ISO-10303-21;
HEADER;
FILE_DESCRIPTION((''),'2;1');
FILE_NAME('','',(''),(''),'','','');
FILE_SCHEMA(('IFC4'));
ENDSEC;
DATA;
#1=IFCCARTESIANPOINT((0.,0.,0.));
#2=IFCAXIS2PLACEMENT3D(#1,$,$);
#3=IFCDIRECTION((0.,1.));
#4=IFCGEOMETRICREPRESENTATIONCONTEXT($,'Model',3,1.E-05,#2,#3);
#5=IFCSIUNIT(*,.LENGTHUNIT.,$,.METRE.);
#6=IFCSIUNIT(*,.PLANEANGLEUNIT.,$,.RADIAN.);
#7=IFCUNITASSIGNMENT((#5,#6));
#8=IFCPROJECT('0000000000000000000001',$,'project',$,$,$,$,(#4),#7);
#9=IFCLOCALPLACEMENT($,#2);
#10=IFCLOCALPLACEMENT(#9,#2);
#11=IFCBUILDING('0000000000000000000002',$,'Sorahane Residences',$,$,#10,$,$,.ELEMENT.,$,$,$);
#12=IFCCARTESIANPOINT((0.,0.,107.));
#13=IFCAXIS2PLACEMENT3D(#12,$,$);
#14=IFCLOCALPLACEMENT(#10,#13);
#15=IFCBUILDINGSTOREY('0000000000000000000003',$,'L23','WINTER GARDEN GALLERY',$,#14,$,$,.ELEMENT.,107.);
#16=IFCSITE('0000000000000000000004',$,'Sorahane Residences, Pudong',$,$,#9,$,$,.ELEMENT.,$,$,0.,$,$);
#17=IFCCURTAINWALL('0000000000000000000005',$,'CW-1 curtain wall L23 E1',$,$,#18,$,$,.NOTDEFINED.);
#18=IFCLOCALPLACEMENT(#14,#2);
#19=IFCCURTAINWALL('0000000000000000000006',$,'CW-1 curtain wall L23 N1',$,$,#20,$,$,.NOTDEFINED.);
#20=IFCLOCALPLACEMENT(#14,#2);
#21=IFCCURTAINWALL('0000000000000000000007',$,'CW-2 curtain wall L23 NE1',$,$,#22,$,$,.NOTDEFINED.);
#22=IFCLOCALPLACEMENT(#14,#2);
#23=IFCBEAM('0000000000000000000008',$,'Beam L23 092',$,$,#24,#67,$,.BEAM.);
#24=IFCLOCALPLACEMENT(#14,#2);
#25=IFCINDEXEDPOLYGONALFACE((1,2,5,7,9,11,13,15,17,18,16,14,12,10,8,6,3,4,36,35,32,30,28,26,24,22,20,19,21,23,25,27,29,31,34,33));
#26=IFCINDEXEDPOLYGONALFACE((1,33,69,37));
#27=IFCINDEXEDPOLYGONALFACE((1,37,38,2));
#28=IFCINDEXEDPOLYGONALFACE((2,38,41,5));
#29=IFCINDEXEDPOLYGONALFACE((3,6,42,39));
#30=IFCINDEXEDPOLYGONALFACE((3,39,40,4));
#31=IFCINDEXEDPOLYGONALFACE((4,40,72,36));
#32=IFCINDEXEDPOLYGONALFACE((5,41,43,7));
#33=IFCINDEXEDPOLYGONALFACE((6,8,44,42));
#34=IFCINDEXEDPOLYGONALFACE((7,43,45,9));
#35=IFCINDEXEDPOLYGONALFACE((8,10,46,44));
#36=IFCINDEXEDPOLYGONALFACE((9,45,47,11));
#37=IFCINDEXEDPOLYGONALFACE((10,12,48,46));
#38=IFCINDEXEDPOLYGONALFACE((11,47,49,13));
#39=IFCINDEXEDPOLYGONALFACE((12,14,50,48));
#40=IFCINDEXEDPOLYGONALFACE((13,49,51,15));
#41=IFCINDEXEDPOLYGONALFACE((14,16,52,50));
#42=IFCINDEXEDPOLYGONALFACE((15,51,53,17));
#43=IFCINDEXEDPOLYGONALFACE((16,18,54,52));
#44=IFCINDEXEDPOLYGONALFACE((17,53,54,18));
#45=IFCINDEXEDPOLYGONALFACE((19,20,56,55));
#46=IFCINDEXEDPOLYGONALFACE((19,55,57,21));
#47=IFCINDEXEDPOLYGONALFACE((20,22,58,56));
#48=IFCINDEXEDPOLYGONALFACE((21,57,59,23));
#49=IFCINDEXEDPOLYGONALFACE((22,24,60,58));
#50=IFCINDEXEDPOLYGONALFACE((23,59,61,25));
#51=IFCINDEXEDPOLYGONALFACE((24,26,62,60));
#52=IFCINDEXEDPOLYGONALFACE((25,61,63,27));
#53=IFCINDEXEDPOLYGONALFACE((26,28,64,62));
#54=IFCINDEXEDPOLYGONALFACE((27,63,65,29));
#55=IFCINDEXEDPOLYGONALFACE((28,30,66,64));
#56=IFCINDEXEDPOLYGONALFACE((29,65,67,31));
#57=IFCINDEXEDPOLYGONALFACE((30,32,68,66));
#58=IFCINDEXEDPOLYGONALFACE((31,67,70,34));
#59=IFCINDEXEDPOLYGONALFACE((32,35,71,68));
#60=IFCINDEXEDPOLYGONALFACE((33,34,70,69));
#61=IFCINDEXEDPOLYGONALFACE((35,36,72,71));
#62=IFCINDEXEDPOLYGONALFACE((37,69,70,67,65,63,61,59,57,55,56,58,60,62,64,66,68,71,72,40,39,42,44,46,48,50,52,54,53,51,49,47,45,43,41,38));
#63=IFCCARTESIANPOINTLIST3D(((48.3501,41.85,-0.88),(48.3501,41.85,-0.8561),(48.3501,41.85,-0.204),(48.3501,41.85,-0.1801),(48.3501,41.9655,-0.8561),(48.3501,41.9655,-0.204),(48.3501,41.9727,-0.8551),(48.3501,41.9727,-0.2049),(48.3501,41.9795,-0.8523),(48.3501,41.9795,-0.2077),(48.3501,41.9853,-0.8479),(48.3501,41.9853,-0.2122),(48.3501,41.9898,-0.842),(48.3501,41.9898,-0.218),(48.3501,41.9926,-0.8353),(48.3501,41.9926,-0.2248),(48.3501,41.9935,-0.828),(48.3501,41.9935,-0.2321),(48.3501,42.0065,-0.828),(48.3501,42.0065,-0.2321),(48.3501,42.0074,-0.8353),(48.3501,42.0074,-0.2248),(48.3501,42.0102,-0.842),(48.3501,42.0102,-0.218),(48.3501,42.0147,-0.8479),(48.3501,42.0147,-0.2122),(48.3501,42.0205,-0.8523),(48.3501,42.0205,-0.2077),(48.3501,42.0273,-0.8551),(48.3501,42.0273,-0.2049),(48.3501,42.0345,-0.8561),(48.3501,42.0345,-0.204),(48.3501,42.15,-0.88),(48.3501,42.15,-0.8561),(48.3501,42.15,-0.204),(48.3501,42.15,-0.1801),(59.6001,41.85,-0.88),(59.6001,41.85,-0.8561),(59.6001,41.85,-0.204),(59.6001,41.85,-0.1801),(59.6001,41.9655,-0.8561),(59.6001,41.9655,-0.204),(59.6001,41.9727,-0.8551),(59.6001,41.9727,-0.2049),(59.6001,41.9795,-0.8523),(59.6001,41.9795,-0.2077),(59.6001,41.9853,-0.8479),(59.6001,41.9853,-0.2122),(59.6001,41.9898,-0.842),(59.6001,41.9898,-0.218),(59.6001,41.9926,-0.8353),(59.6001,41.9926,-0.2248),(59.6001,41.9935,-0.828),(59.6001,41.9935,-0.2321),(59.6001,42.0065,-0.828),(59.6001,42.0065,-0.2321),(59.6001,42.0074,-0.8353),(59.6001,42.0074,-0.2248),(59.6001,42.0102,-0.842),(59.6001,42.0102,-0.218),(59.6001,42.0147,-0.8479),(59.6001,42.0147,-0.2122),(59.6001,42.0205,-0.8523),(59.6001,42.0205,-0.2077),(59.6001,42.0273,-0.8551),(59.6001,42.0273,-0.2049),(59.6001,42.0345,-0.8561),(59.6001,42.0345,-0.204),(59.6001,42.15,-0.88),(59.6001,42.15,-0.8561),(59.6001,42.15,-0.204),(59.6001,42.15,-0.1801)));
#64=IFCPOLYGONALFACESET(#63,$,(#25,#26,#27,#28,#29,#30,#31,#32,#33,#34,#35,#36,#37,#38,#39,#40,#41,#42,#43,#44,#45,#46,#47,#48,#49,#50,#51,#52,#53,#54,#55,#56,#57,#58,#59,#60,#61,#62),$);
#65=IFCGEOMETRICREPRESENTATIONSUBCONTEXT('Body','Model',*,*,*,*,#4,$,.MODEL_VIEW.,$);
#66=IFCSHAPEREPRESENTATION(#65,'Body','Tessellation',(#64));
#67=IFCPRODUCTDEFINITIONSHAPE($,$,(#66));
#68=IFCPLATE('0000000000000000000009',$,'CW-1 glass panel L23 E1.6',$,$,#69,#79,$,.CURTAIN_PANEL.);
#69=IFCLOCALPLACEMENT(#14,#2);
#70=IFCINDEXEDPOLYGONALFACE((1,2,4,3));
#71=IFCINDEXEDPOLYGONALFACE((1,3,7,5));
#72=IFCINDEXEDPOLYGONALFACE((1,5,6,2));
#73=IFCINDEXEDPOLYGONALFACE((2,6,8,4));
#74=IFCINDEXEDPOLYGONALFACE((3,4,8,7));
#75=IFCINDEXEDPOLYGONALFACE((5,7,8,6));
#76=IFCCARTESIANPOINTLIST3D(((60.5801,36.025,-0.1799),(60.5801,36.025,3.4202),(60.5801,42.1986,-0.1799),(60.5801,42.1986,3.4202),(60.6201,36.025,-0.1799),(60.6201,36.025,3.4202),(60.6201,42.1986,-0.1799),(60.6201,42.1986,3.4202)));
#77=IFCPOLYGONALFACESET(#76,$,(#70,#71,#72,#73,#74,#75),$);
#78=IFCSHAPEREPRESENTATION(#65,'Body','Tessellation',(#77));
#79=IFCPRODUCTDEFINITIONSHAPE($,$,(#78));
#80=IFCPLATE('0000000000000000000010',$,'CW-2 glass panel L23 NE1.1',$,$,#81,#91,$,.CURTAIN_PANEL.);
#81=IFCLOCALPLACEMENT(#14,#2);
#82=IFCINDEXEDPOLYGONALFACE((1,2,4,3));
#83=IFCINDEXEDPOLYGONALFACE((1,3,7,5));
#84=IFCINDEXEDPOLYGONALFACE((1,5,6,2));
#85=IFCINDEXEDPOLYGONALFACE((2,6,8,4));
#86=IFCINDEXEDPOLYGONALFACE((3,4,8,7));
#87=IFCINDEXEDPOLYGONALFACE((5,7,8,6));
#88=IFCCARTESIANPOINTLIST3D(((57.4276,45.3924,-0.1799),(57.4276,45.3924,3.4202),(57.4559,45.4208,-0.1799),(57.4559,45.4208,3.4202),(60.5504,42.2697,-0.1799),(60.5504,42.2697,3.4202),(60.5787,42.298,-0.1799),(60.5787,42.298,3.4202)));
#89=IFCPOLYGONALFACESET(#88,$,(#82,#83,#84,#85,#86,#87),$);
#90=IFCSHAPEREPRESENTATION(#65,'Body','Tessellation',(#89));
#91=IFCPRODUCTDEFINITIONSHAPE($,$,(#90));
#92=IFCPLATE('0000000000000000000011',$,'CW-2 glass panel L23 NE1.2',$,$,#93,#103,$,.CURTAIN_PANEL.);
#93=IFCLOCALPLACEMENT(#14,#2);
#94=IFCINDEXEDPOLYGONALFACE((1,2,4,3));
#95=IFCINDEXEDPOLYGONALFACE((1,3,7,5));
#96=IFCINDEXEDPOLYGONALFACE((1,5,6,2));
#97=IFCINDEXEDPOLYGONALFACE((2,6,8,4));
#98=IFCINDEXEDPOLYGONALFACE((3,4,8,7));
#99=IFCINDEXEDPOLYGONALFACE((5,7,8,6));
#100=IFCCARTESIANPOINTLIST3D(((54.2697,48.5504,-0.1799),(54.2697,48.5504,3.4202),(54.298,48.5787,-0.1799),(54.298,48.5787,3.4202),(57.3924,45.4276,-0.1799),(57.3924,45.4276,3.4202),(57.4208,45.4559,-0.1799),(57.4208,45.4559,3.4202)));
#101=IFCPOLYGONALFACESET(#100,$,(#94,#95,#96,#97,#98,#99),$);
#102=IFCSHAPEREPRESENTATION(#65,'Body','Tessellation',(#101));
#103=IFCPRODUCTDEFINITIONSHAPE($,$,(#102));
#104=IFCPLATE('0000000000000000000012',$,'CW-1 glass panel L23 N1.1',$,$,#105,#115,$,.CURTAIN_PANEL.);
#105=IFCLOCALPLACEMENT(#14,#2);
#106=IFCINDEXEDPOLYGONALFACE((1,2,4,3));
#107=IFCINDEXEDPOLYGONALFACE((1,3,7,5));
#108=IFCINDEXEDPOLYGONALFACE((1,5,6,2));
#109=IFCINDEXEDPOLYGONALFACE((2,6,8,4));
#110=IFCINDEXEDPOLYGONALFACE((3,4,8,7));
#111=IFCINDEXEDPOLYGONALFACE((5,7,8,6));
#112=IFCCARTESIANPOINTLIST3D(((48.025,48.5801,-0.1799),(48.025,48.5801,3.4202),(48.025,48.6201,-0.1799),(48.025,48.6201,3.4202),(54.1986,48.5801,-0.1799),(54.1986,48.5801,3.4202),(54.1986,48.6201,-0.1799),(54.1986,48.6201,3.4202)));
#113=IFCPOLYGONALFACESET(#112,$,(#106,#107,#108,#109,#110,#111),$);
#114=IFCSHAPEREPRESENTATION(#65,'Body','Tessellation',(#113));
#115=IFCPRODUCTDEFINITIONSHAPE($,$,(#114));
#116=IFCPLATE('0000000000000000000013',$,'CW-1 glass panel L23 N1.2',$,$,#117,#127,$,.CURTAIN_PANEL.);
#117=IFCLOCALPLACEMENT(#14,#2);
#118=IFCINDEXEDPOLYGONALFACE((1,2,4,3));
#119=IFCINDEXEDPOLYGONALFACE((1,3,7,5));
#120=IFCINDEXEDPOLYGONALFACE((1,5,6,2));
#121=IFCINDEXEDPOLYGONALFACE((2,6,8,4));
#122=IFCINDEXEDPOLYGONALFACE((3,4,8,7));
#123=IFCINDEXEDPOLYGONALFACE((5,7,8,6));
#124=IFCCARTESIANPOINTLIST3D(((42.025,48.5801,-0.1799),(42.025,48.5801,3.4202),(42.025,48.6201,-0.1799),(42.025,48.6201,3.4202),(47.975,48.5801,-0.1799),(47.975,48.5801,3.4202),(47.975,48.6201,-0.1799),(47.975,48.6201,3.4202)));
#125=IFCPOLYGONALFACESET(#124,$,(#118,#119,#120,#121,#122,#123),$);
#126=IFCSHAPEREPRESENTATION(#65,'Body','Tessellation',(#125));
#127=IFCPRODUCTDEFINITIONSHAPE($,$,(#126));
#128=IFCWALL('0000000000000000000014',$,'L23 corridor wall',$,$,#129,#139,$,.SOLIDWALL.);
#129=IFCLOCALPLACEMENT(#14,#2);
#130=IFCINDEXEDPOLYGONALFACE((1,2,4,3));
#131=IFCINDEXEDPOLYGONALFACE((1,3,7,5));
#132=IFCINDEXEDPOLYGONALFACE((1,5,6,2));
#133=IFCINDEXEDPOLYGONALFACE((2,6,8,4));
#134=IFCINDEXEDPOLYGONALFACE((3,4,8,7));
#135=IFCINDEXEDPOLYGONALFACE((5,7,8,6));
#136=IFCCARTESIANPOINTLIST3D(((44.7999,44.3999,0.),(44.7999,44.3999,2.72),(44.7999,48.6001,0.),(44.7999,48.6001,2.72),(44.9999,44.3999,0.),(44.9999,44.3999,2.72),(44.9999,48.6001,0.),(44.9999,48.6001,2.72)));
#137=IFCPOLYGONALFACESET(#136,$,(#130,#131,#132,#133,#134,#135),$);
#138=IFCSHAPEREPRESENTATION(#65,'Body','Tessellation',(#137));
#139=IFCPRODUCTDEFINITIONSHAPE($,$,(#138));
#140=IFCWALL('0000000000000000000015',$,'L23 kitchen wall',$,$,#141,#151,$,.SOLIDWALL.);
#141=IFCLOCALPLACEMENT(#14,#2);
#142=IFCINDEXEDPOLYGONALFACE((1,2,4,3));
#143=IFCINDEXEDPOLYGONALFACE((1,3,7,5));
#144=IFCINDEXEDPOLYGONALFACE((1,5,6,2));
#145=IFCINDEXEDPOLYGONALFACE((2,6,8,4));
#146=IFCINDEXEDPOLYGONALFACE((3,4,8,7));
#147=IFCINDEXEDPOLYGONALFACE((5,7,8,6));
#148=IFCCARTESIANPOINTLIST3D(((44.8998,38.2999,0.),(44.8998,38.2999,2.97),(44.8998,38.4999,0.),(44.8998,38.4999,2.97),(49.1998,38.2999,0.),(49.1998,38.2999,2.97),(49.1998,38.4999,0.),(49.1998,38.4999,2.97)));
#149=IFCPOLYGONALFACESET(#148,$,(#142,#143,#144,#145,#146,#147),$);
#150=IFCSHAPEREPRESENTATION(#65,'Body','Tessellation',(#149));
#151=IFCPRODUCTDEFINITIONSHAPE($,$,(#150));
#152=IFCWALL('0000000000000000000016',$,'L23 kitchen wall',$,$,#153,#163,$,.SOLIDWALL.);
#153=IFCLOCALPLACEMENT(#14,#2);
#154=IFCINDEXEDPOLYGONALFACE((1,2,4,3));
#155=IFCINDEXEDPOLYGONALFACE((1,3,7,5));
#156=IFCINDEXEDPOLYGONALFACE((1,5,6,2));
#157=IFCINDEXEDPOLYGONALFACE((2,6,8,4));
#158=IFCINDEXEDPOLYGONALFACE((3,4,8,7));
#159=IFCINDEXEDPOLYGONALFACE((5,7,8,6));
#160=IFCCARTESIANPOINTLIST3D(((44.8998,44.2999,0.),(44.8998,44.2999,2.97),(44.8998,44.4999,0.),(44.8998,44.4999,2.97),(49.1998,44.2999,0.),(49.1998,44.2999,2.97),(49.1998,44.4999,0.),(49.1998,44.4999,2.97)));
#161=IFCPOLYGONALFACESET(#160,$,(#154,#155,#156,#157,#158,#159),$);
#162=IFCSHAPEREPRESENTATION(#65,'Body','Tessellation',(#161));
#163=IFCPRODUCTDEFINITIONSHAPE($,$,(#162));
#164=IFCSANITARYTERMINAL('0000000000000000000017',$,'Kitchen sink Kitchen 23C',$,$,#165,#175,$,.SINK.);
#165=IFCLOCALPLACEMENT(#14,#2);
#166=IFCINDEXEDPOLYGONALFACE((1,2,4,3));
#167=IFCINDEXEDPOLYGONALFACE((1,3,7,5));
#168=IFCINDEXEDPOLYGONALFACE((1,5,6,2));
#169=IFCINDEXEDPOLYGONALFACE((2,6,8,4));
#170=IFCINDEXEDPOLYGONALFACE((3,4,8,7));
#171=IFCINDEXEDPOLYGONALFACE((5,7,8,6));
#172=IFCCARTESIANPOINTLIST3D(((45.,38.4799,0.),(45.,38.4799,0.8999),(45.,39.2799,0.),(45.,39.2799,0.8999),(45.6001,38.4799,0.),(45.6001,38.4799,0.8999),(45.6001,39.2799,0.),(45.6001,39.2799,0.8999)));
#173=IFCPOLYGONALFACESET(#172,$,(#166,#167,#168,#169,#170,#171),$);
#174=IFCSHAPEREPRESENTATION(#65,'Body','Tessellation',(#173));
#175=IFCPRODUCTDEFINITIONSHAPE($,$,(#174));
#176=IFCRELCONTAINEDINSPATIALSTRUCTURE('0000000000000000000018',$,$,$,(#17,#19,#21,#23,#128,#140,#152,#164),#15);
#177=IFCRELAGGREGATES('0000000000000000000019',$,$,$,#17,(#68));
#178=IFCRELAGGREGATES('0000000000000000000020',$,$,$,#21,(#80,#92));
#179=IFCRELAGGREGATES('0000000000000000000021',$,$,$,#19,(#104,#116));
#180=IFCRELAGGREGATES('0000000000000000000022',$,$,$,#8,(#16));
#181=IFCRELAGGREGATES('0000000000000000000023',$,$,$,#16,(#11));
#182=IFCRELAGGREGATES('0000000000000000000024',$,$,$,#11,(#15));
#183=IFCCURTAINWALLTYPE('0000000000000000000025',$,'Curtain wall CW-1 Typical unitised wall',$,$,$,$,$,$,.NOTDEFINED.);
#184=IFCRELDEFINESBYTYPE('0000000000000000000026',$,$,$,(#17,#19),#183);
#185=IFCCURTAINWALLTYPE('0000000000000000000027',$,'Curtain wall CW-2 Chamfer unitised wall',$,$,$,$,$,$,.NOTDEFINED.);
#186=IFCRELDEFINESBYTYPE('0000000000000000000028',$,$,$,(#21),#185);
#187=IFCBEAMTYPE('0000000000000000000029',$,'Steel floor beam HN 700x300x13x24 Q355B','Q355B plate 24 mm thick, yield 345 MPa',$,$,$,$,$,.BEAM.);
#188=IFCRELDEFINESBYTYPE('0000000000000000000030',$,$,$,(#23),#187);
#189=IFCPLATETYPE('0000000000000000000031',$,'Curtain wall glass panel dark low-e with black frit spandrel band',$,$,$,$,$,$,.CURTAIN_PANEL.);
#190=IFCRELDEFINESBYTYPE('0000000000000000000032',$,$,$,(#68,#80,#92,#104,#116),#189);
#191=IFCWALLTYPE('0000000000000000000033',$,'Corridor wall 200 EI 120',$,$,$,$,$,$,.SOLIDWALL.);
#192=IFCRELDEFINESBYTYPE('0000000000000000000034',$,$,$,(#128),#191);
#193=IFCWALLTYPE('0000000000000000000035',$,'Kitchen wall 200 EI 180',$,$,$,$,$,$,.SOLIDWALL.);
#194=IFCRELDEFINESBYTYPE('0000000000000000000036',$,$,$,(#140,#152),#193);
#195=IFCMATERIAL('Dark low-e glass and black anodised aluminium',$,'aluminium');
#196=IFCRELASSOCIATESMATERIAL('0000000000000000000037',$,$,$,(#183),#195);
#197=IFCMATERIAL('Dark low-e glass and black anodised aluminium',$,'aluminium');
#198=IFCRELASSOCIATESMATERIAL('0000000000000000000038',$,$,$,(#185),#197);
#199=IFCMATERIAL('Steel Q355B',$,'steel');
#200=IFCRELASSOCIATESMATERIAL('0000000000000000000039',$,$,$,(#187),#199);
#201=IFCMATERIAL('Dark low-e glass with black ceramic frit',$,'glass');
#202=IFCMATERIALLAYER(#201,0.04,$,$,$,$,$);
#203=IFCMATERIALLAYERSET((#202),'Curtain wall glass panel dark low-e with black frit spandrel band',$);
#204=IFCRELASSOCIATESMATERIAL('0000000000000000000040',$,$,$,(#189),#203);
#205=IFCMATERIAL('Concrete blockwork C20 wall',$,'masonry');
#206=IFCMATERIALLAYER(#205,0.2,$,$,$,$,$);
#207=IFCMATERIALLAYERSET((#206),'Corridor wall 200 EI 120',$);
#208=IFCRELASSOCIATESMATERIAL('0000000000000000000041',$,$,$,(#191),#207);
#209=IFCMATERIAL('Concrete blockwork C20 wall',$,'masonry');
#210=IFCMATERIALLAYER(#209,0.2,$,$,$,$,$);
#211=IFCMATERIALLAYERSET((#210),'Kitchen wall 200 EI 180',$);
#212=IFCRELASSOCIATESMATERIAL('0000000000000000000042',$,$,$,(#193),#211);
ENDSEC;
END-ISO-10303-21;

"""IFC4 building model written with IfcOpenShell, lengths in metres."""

from ifc_helpers import new_model, si_unit, direction, frame, frame_2d, origin, origin_2d, place, context, subcontext, project, spatial, rectangle, i_section, extrude, material, layer, layer_set, material_profile, profile_set, type_object, element, aggregate, save


model = new_model("IFC4")

# Units and contexts
model_context = context("Model", 3, precision=1e-05, world=origin(), true_north=direction((0.0, 1.0)))
body_context = subcontext(model_context, "Body", "Model", "MODEL_VIEW")
ifc_project = project(units=[si_unit("LENGTHUNIT", "METRE"), si_unit("PLANEANGLEUNIT", "RADIAN")], contexts=[model_context])

# Site, building, storey
site_placement = place(None, origin())
site = spatial("IfcSite", under=ifc_project, at=site_placement, Name="Sorahane Residences, Pudong", CompositionType="ELEMENT", RefElevation=0.0)
building_placement = place(site_placement, origin())
building = spatial("IfcBuilding", under=site, at=building_placement, Name="Sorahane Residences", CompositionType="ELEMENT")
storey_placement = place(building_placement, frame((0.0, 0.0, 107.0)))
storey = spatial("IfcBuildingStorey", under=building, at=storey_placement, Name="L23", Description="WINTER GARDEN GALLERY", CompositionType="ELEMENT", Elevation=107.0)

# Curtain walls
ifc_material_1 = material(Name="Dark low-e glass and black anodised aluminium", Category="aluminium")
curtain_wall_type_1 = type_object("IfcCurtainWallType", Name="Curtain wall CW-1 Typical unitised wall", PredefinedType="NOTDEFINED", material=ifc_material_1)
curtain_wall_1_placement = place(storey_placement, origin())
curtain_wall_1 = element("IfcCurtainWall", 1, at=curtain_wall_1_placement, inside=storey, type_object=curtain_wall_type_1, Name="CW-1 curtain wall L23 E1", PredefinedType="NOTDEFINED")
curtain_wall_2_placement = place(storey_placement, origin())
curtain_wall_2 = element("IfcCurtainWall", 2, at=curtain_wall_2_placement, inside=storey, type_object=curtain_wall_type_1, Name="CW-1 curtain wall L23 N1", PredefinedType="NOTDEFINED")

# Curtain wall
ifc_material_2 = material(Name="Dark low-e glass and black anodised aluminium", Category="aluminium")
curtain_wall_type_2 = type_object("IfcCurtainWallType", Name="Curtain wall CW-2 Chamfer unitised wall", PredefinedType="NOTDEFINED", material=ifc_material_2)
curtain_wall_3_placement = place(storey_placement, origin())
curtain_wall_3 = element("IfcCurtainWall", 3, at=curtain_wall_3_placement, inside=storey, type_object=curtain_wall_type_2, Name="CW-2 curtain wall L23 NE1", PredefinedType="NOTDEFINED")

# Beam
ifc_material_3 = material(Name="Steel Q355B", Category="steel")
ifc_material_profile_1 = material_profile(ifc_material_3, i_section(OverallWidth=0.3, OverallDepth=0.7, WebThickness=0.0129, FlangeThickness=0.0239, FilletRadius=0.0281, at=origin_2d()), Name="HN 700x300x13x24")
ifc_profile_set_1 = profile_set([ifc_material_profile_1], Name="Steel Q355B")
beam_type_1 = type_object("IfcBeamType", Name="Steel floor beam HN 700x300x13x24 Q355B", Description="Q355B plate 24 mm thick, yield 345 MPa", PredefinedType="BEAM", material=ifc_profile_set_1)
beam_1_placement = place(storey_placement, frame((48.3501, 42.0, -0.53), z_axis=(1.0, 0.0, 0.0), x_axis=(0.0, 1.0, 0.0)))
element("IfcBeam", 4, at=beam_1_placement, inside=storey, type_object=beam_type_1, Name="Beam L23 092", PredefinedType="BEAM", context=body_context, shape_type="SweptSolid", body=[
    extrude(i_section(OverallWidth=0.3, OverallDepth=0.7, WebThickness=0.0129, FlangeThickness=0.0239, FilletRadius=0.0281, at=origin_2d()), origin(), (0.0, 0.0, 1.0), 11.25),
])

# Plates
ifc_material_4 = material(Name="Dark low-e glass with black ceramic frit", Category="glass")
ifc_layer_1 = layer(ifc_material_4, 0.04)
ifc_layer_set_1 = layer_set([ifc_layer_1], Name="Curtain wall glass panel dark low-e with black frit spandrel band")
plate_type = type_object("IfcPlateType", Name="Curtain wall glass panel dark low-e with black frit spandrel band", PredefinedType="CURTAIN_PANEL", material=ifc_layer_set_1)
plate_1_placement = place(storey_placement, frame((60.6001, 39.1118, -0.1799), z_axis=(0.0, 0.0, 1.0), x_axis=(0.0, 1.0, 0.0)))
plate_1 = element("IfcPlate", 5, at=plate_1_placement, type_object=plate_type, Name="CW-1 glass panel L23 E1.6", PredefinedType="CURTAIN_PANEL", context=body_context, shape_type="SweptSolid", body=[
    extrude(rectangle(XDim=6.1736, YDim=0.04, at=origin_2d()), origin(), (0.0, 0.0, 1.0), 3.6001),
])
aggregate(curtain_wall_1, [plate_1])
plate_2_placement = place(storey_placement, frame((59.0032, 43.8452, -0.1799), z_axis=(0.0, 0.0, 1.0), x_axis=(-0.707107, 0.707107, 0.0)))
plate_2 = element("IfcPlate", 6, at=plate_2_placement, type_object=plate_type, Name="CW-2 glass panel L23 NE1.1", PredefinedType="CURTAIN_PANEL", context=body_context, shape_type="SweptSolid", body=[
    extrude(rectangle(XDim=4.4163, YDim=0.04, at=origin_2d()), origin(), (0.0, 0.0, 1.0), 3.6001),
])
plate_3_placement = place(storey_placement, frame((55.8452, 47.0032, -0.1799), z_axis=(0.0, 0.0, 1.0), x_axis=(-0.707107, 0.707107, 0.0)))
plate_3 = element("IfcPlate", 7, at=plate_3_placement, type_object=plate_type, Name="CW-2 glass panel L23 NE1.2", PredefinedType="CURTAIN_PANEL", context=body_context, shape_type="SweptSolid", body=[
    extrude(rectangle(XDim=4.4163, YDim=0.04, at=origin_2d()), origin(), (0.0, 0.0, 1.0), 3.6001),
])
aggregate(curtain_wall_3, [plate_2, plate_3])
plate_4_placement = place(storey_placement, frame((51.1118, 48.6001, -0.1799), z_axis=(0.0, 0.0, 1.0), x_axis=(-1.0, 0.0, 0.0)))
plate_4 = element("IfcPlate", 8, at=plate_4_placement, type_object=plate_type, Name="CW-1 glass panel L23 N1.1", PredefinedType="CURTAIN_PANEL", context=body_context, shape_type="SweptSolid", body=[
    extrude(rectangle(XDim=6.1736, YDim=0.04, at=origin_2d()), origin(), (0.0, 0.0, 1.0), 3.6001),
])
plate_5_placement = place(storey_placement, frame((45.0, 48.6001, -0.1799), z_axis=(0.0, 0.0, 1.0), x_axis=(-1.0, 0.0, 0.0)))
plate_5 = element("IfcPlate", 9, at=plate_5_placement, type_object=plate_type, Name="CW-1 glass panel L23 N1.2", PredefinedType="CURTAIN_PANEL", context=body_context, shape_type="SweptSolid", body=[
    extrude(rectangle(XDim=5.95, YDim=0.04, at=origin_2d()), origin(), (0.0, 0.0, 1.0), 3.6001),
])
aggregate(curtain_wall_2, [plate_4, plate_5])

# Wall
ifc_material_5 = material(Name="Concrete blockwork C20 wall", Category="masonry")
ifc_layer_2 = layer(ifc_material_5, 0.2)
ifc_layer_set_2 = layer_set([ifc_layer_2], Name="Corridor wall 200 EI 120")
wall_type_1 = type_object("IfcWallType", Name="Corridor wall 200 EI 120", PredefinedType="SOLIDWALL", material=ifc_layer_set_2)
wall_1_placement = place(storey_placement, frame((44.8999, 44.3999, 0.0), z_axis=(0.0, 0.0, 1.0), x_axis=(0.0, 1.0, 0.0)))
element("IfcWall", 10, at=wall_1_placement, inside=storey, type_object=wall_type_1, Name="L23 corridor wall", PredefinedType="SOLIDWALL", context=body_context, shape_type="SweptSolid", body=[
    extrude(rectangle(XDim=4.2002, YDim=0.2, at=frame_2d((2.1001, 0.0))), origin(), (0.0, 0.0, 1.0), 2.72),
])

# Shared definitions
ifc_material_6 = material(Name="Concrete blockwork C20 wall", Category="masonry")
ifc_layer_3 = layer(ifc_material_6, 0.2)
ifc_layer_set_3 = layer_set([ifc_layer_3], Name="Kitchen wall 200 EI 180")
wall_type_2 = type_object("IfcWallType", Name="Kitchen wall 200 EI 180", PredefinedType="SOLIDWALL", material=ifc_layer_set_3)

# Walls
for number, where, z_axis, x_axis, name in (
    (11, (44.8999, 38.3999, 0.0), (0.0, 0.0, 1.0), (1.0, 0.0, 0.0), "L23 kitchen wall"),
    (12, (44.8999, 44.3999, 0.0), (0.0, 0.0, 1.0), (1.0, 0.0, 0.0), "L23 kitchen wall"),
):
    element("IfcWall", number, at=place(storey_placement, frame(where, z_axis=z_axis, x_axis=x_axis)), inside=storey, type_object=wall_type_2, Name=name, PredefinedType="SOLIDWALL", context=body_context, shape_type="SweptSolid", body=[
        extrude(rectangle(XDim=4.3, YDim=0.2, at=frame_2d((2.1499, 0.0))), origin(), (0.0, 0.0, 1.0), 2.97),
    ])

# Sanitary terminal
sanitary_terminal_placement = place(storey_placement, frame((45.3, 38.8799, 0.0), z_axis=(0.0, 0.0, 1.0), x_axis=(0.0, 1.0, 0.0)))
element("IfcSanitaryTerminal", 13, at=sanitary_terminal_placement, inside=storey, Name="Kitchen sink Kitchen 23C", PredefinedType="SINK", context=body_context, shape_type="SweptSolid", body=[
    extrude(rectangle(XDim=0.8, YDim=0.6001, at=origin_2d()), origin(), (0.0, 0.0, 1.0), 0.8999),
])

save(model, "model.ifc")
